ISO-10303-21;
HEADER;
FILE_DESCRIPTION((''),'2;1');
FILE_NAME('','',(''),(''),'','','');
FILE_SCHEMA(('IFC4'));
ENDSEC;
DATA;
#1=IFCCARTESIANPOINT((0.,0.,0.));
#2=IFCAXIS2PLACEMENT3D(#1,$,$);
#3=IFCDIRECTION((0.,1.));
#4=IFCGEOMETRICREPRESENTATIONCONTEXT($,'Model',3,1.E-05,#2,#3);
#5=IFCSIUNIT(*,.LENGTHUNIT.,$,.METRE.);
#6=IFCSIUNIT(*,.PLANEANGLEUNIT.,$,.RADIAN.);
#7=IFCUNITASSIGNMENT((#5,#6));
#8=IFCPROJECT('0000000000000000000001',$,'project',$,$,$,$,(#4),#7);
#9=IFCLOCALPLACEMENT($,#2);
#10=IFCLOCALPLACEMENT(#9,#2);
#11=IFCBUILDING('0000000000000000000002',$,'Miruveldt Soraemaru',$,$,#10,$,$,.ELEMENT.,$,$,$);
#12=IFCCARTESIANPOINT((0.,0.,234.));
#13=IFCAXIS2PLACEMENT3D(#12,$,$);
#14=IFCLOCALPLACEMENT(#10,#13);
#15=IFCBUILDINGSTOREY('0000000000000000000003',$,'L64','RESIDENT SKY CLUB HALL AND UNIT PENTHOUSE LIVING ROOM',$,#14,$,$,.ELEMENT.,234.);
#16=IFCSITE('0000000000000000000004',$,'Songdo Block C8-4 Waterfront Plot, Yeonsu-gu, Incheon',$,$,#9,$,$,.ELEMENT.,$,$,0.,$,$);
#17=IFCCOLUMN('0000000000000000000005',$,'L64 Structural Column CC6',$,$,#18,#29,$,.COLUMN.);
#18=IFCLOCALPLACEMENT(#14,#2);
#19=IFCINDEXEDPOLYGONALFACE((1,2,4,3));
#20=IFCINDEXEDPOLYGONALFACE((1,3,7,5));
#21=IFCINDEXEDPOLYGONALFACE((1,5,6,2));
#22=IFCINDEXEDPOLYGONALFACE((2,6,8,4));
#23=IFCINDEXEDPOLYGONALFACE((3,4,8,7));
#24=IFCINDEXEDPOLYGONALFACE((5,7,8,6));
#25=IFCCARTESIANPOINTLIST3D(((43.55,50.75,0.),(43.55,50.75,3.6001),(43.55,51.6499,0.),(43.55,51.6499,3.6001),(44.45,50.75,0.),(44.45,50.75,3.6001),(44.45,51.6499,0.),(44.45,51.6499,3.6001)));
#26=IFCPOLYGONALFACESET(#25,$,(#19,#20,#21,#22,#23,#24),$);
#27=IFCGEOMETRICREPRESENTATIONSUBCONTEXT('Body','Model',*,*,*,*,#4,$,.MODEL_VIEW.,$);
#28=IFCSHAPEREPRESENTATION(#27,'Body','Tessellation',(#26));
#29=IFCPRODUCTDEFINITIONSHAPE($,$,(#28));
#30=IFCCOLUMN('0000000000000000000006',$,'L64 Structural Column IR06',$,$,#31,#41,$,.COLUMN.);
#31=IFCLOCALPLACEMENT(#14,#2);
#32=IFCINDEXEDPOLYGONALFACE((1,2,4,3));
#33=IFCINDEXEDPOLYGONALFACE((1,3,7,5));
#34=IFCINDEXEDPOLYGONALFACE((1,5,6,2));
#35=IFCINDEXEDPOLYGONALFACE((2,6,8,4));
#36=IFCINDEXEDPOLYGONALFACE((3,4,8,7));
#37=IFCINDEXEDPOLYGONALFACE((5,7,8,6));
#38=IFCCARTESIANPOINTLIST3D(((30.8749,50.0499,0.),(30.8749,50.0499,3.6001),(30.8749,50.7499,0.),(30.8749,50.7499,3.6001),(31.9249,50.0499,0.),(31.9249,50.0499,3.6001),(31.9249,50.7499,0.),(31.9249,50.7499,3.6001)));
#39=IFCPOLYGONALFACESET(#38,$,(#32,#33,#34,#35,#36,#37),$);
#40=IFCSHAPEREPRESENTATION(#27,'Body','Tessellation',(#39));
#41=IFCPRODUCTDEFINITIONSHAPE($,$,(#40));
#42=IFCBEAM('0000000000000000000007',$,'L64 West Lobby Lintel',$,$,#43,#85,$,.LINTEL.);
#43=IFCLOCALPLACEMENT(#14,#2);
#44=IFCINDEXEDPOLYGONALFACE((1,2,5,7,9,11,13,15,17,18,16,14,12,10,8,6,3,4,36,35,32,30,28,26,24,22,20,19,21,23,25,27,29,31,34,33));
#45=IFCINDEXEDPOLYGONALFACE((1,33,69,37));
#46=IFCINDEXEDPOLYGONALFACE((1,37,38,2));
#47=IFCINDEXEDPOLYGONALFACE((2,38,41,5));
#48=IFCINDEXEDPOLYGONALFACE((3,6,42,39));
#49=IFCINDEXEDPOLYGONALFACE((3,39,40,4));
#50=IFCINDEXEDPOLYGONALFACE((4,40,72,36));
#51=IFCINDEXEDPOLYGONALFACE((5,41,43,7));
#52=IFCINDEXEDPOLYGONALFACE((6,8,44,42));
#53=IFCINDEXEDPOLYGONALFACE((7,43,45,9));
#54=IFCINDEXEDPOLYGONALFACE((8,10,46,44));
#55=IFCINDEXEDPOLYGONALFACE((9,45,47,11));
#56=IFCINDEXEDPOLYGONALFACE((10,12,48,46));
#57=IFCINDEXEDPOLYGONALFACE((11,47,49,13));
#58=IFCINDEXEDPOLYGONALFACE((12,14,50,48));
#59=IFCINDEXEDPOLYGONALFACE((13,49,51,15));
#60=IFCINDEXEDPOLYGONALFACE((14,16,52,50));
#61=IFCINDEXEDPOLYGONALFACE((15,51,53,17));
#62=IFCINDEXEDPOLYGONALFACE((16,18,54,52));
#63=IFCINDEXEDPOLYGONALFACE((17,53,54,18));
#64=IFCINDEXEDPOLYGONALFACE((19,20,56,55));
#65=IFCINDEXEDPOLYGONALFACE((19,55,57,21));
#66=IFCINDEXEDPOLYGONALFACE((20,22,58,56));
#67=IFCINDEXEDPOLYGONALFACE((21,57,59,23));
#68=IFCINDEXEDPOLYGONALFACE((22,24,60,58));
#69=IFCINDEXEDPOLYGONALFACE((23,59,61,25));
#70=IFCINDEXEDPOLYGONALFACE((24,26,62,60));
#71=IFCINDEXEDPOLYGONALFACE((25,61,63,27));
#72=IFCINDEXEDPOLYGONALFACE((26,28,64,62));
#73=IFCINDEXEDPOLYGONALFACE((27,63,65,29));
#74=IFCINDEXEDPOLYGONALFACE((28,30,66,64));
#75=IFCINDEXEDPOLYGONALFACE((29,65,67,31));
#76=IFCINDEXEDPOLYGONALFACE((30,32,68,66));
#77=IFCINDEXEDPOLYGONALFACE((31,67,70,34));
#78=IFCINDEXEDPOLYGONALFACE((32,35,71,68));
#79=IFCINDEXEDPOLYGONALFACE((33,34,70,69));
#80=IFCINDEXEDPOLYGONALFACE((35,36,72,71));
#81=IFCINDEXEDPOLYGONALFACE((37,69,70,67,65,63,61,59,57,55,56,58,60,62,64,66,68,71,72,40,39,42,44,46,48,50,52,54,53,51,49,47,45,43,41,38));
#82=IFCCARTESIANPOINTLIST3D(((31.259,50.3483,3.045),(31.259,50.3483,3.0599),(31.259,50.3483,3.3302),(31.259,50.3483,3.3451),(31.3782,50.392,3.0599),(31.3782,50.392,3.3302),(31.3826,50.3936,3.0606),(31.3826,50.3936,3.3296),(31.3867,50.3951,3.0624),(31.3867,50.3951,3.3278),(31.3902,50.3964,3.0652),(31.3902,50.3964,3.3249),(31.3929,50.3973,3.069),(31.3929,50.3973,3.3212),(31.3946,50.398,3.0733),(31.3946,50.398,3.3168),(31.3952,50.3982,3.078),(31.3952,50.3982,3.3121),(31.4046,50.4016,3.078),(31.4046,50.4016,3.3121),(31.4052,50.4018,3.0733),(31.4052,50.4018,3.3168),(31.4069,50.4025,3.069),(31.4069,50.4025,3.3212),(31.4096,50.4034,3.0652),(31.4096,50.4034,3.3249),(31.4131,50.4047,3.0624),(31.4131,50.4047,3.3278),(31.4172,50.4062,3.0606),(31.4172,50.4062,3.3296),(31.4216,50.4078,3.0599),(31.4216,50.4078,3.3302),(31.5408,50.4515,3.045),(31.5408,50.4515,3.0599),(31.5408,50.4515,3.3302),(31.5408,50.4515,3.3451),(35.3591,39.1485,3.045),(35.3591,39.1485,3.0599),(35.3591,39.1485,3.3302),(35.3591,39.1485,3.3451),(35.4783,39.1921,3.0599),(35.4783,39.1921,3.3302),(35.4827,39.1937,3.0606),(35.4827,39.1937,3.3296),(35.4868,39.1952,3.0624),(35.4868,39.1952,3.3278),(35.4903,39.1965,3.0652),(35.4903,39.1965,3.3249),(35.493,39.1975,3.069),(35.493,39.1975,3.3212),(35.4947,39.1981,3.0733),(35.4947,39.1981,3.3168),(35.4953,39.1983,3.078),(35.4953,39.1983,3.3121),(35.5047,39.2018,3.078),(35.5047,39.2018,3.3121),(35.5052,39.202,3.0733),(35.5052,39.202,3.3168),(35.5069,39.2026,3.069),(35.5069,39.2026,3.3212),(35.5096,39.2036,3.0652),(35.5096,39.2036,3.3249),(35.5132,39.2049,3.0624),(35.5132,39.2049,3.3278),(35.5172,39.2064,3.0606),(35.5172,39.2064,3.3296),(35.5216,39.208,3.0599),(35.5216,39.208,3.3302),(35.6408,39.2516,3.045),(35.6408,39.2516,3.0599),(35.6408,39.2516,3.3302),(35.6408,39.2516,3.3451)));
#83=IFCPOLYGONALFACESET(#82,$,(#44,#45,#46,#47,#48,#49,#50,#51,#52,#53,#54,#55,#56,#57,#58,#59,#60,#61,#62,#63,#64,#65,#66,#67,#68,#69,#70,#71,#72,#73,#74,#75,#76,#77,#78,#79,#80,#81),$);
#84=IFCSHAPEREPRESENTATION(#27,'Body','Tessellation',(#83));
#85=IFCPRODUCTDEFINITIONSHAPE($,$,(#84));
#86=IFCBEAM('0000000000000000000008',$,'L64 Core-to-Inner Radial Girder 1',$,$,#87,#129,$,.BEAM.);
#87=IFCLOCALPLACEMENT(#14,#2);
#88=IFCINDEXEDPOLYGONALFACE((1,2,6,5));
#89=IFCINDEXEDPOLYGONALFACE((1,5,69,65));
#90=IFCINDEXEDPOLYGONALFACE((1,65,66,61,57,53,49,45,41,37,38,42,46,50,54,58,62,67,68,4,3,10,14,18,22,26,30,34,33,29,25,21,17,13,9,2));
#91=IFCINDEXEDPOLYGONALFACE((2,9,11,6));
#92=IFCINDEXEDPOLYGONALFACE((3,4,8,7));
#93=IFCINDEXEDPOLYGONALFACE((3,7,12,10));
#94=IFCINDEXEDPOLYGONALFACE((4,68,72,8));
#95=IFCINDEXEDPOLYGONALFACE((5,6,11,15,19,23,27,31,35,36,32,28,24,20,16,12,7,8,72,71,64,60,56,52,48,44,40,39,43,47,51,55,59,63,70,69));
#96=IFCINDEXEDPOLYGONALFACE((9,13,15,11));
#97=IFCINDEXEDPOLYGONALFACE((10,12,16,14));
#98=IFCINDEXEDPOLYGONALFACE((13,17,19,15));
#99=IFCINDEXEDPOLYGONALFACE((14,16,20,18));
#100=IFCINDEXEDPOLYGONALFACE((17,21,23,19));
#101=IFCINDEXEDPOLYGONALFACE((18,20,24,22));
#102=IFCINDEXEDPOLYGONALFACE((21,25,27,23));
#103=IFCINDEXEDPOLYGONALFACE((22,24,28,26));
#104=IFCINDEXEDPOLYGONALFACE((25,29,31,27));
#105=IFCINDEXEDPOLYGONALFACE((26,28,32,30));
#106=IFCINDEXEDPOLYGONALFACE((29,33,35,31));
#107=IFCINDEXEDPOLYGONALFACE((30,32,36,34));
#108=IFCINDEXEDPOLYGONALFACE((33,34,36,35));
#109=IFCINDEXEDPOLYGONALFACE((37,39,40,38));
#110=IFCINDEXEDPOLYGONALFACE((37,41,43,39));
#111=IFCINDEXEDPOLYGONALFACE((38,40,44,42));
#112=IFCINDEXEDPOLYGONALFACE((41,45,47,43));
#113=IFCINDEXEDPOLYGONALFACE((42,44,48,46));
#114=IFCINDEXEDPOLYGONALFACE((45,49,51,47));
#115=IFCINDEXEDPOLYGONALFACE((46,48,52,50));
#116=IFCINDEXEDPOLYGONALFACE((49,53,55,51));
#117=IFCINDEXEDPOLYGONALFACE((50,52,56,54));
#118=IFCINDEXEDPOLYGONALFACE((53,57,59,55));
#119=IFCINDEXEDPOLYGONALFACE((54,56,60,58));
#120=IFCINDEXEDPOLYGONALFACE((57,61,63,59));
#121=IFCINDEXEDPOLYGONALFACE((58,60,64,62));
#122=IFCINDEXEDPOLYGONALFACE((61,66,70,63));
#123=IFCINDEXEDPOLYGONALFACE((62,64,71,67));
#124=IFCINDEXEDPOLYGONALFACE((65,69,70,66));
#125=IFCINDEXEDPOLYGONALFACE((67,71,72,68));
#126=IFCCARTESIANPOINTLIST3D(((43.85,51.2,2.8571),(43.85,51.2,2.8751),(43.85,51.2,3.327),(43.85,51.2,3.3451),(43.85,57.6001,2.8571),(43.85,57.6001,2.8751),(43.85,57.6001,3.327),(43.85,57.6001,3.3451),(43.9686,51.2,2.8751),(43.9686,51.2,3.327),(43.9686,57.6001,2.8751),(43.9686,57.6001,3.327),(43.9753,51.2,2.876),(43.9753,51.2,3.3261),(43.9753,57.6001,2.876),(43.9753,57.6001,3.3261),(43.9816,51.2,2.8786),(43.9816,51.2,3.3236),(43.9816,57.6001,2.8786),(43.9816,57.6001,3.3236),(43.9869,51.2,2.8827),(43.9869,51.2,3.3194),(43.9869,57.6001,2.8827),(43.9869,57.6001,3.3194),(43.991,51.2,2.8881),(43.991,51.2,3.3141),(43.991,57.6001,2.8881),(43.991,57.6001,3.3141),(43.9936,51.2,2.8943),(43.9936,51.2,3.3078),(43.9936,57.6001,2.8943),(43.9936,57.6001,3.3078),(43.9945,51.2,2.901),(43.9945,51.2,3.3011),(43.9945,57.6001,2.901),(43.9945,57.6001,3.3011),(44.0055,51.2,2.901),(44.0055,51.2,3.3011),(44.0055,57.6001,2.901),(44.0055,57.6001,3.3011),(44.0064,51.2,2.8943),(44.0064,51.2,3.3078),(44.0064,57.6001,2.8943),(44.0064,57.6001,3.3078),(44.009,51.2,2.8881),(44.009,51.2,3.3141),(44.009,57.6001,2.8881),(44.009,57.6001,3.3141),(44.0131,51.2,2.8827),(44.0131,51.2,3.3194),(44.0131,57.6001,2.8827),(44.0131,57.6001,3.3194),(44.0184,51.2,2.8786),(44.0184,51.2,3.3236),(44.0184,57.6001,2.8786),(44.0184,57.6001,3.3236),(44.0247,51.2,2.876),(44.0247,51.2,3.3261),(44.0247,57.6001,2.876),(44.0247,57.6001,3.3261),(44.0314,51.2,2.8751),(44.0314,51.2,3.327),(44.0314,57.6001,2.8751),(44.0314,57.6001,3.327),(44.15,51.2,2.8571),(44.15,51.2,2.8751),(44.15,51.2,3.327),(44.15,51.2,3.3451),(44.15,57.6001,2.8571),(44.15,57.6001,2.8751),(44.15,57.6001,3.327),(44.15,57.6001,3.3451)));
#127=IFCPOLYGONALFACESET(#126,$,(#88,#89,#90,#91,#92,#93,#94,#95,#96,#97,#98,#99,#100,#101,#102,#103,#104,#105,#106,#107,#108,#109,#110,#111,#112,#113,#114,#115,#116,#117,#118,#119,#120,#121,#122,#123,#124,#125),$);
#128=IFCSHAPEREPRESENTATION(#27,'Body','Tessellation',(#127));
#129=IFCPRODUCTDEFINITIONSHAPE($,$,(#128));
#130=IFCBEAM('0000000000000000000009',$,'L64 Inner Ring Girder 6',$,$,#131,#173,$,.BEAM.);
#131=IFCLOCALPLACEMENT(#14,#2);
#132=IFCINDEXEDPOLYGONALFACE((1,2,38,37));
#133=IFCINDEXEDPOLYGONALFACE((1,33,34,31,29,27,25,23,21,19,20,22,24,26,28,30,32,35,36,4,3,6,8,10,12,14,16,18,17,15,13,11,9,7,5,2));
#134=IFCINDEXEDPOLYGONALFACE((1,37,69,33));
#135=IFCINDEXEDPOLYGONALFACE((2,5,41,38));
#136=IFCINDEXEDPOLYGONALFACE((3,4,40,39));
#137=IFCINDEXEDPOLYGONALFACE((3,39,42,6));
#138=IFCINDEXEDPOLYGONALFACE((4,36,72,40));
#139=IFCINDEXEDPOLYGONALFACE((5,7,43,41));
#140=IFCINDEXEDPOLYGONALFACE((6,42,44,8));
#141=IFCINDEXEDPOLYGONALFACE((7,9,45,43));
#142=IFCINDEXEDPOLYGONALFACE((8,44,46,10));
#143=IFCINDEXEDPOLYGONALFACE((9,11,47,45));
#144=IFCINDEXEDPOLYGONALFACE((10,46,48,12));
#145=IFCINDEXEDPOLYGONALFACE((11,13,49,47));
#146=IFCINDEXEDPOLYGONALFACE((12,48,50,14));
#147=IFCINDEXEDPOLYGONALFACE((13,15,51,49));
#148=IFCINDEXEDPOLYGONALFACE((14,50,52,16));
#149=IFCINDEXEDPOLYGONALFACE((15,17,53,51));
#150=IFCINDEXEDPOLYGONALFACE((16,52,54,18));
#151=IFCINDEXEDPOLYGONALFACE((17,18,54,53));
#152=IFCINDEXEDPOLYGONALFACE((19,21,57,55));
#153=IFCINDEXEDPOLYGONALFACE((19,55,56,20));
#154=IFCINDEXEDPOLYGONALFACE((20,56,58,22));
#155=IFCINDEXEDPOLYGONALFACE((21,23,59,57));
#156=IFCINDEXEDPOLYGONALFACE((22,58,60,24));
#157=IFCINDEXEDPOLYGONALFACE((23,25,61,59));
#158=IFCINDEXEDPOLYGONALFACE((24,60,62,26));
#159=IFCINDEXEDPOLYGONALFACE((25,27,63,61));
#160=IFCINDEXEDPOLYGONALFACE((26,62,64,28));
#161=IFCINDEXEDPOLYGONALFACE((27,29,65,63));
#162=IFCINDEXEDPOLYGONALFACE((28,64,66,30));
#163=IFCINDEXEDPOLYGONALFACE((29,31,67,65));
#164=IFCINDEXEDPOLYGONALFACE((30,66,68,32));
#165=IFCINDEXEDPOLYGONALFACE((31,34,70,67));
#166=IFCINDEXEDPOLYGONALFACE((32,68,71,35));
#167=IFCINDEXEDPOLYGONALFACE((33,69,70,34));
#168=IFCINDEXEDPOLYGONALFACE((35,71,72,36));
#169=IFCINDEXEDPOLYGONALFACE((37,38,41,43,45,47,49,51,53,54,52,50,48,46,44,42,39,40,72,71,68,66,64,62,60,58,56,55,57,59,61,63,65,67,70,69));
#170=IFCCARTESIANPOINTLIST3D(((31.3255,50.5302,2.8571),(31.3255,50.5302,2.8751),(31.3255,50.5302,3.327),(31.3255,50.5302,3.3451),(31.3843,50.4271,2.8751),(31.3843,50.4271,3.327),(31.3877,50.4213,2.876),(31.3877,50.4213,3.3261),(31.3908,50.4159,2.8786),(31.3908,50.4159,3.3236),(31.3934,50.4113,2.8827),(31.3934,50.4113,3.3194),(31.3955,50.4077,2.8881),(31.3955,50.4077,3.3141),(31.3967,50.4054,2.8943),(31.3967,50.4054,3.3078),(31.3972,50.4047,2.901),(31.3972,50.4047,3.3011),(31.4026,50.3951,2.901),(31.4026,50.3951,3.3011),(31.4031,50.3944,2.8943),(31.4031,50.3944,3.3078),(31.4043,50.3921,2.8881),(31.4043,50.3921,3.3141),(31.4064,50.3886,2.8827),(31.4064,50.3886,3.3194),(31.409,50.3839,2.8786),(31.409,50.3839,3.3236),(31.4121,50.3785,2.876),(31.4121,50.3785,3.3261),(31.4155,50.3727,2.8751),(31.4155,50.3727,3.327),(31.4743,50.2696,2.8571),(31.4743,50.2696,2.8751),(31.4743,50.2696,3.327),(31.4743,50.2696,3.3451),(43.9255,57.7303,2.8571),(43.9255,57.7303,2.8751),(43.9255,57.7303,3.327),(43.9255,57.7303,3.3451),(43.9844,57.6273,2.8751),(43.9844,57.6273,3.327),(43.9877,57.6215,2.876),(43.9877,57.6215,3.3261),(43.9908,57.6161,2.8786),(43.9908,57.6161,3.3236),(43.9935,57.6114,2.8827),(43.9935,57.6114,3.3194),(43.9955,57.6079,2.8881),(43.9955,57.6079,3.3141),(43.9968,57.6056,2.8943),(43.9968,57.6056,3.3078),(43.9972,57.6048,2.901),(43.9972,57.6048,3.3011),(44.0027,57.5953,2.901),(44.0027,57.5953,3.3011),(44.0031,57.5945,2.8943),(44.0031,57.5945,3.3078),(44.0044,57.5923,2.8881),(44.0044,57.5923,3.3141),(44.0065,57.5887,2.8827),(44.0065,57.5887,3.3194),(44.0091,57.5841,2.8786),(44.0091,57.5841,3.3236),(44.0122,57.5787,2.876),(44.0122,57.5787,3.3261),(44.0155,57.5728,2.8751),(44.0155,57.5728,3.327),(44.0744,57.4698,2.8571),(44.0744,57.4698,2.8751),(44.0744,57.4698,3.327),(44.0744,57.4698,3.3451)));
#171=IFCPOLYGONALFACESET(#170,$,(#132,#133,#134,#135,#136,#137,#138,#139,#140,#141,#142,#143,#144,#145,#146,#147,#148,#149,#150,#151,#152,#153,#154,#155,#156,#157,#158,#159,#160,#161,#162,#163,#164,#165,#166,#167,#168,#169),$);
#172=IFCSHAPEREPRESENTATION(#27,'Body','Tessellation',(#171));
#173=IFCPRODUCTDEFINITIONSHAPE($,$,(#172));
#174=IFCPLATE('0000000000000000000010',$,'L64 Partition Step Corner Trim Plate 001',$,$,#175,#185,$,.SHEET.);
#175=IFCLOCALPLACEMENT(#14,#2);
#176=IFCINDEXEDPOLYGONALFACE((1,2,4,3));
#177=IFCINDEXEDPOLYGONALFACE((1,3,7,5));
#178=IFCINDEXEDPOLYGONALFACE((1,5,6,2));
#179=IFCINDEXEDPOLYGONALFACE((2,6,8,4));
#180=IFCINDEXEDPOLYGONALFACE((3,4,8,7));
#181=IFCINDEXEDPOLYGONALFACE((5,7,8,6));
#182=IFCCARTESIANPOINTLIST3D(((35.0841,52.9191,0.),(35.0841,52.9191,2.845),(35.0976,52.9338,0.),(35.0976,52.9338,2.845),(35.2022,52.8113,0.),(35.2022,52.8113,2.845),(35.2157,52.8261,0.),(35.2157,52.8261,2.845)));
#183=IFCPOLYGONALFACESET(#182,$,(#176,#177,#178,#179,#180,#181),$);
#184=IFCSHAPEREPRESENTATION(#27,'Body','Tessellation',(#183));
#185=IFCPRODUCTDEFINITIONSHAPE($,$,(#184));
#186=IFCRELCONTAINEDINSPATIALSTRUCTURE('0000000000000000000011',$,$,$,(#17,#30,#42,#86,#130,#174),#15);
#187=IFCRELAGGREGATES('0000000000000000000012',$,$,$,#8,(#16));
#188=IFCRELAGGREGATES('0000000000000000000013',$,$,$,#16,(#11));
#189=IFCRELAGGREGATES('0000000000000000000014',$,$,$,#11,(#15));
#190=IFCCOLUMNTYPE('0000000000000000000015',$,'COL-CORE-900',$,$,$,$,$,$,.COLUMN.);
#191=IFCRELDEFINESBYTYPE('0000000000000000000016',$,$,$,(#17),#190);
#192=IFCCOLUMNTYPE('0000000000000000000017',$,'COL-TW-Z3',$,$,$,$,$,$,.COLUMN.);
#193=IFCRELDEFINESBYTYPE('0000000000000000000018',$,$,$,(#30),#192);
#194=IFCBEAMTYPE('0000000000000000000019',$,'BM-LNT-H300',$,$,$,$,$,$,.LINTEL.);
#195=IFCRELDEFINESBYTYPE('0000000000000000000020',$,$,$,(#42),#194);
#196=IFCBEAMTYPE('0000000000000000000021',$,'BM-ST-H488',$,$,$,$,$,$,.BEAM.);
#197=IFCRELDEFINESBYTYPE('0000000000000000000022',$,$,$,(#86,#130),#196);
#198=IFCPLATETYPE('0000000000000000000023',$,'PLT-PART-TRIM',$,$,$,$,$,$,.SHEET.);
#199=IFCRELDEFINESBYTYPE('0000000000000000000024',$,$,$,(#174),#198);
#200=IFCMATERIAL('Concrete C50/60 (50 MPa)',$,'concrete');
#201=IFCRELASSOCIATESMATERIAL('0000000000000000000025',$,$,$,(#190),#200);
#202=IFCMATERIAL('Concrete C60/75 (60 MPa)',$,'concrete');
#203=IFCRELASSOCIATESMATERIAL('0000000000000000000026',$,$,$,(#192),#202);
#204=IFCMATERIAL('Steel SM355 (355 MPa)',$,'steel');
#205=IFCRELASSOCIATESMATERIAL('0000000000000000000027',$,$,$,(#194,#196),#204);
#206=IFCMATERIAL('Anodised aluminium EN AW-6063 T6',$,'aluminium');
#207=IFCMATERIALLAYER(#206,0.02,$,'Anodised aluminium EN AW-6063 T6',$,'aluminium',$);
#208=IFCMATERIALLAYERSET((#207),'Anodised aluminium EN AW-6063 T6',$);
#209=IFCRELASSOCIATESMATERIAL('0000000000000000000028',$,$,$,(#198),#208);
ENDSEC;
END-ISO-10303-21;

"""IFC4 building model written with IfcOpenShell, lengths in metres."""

from ifc_helpers import new_model, si_unit, direction, frame, origin, origin_2d, place, context, subcontext, project, spatial, rectangle, i_section, extrude, material, layer, layer_set, material_profile, profile_set, type_object, element, save


model = new_model("IFC4")

# Units and contexts
model_context = context("Model", 3, precision=1e-05, world=origin(), true_north=direction((0.0, 1.0)))
body_context = subcontext(model_context, "Body", "Model", "MODEL_VIEW")
ifc_project = project(units=[si_unit("LENGTHUNIT", "METRE"), si_unit("PLANEANGLEUNIT", "RADIAN")], contexts=[model_context])

# Site, building, storey
site_placement = place(None, origin())
site = spatial("IfcSite", under=ifc_project, at=site_placement, Name="Songdo Block C8-4 Waterfront Plot, Yeonsu-gu, Incheon", CompositionType="ELEMENT", RefElevation=0.0)
building_placement = place(site_placement, origin())
building = spatial("IfcBuilding", under=site, at=building_placement, Name="Miruveldt Soraemaru", CompositionType="ELEMENT")
storey_placement = place(building_placement, frame((0.0, 0.0, 234.0)))
storey = spatial("IfcBuildingStorey", under=building, at=storey_placement, Name="L64", Description="RESIDENT SKY CLUB HALL AND UNIT PENTHOUSE LIVING ROOM", CompositionType="ELEMENT", Elevation=234.0)

# Columns
ifc_material_1 = material(Name="Concrete C50/60 (50 MPa)", Category="concrete")
ifc_material_profile_1 = material_profile(ifc_material_1, rectangle(XDim=0.8999, YDim=0.8999, at=origin_2d()), Name="Concrete C50/60 (50 MPa)", Category="concrete")
ifc_profile_set_1 = profile_set([ifc_material_profile_1], Name="Concrete C50/60 (50 MPa)")
column_type_1 = type_object("IfcColumnType", Name="COL-CORE-900", PredefinedType="COLUMN", material=ifc_profile_set_1)
column_1_placement = place(storey_placement, frame((44.0, 51.2, 0.0), z_axis=(0.0, 0.0, 1.0), x_axis=(1.0, 0.0, 0.0)))
element("IfcColumn", 1, at=column_1_placement, inside=storey, type_object=column_type_1, Name="L64 Structural Column CC6", PredefinedType="COLUMN", context=body_context, shape_type="SweptSolid", body=[
    extrude(rectangle(XDim=0.8999, YDim=0.8999, at=origin_2d()), origin(), (0.0, 0.0, 1.0), 3.6001),
])
ifc_material_2 = material(Name="Concrete C60/75 (60 MPa)", Category="concrete")
ifc_material_profile_2 = material_profile(ifc_material_2, rectangle(XDim=1.05, YDim=0.7, at=origin_2d()), Name="Concrete C60/75 (60 MPa)", Category="concrete")
ifc_profile_set_2 = profile_set([ifc_material_profile_2], Name="Concrete C60/75 (60 MPa)")
column_type_2 = type_object("IfcColumnType", Name="COL-TW-Z3", PredefinedType="COLUMN", material=ifc_profile_set_2)
column_2_placement = place(storey_placement, frame((31.3999, 50.3999, 0.0), z_axis=(0.0, 0.0, 1.0), x_axis=(1.0, 0.0, 0.0)))
element("IfcColumn", 2, at=column_2_placement, inside=storey, type_object=column_type_2, Name="L64 Structural Column IR06", PredefinedType="COLUMN", context=body_context, shape_type="SweptSolid", body=[
    extrude(rectangle(XDim=1.05, YDim=0.7, at=origin_2d()), origin(), (0.0, 0.0, 1.0), 3.6001),
])

# Beams
ifc_material_3 = material(Name="Steel SM355 (355 MPa)", Category="steel")
ifc_material_profile_3 = material_profile(ifc_material_3, i_section(OverallWidth=0.3, OverallDepth=0.3, WebThickness=0.01, FlangeThickness=0.0149, FilletRadius=0.0181, at=origin_2d()), Name="Steel SM355 (355 MPa)", Category="steel")
ifc_profile_set_3 = profile_set([ifc_material_profile_3], Name="Steel SM355 (355 MPa)")
beam_type_1 = type_object("IfcBeamType", Name="BM-LNT-H300", PredefinedType="LINTEL", material=ifc_profile_set_3)
beam_1_placement = place(storey_placement, frame((31.3999, 50.3999, 3.1951), z_axis=(0.34377, -0.939054, 0.0), x_axis=(0.939054, 0.34377, 0.0)))
element("IfcBeam", 3, at=beam_1_placement, inside=storey, type_object=beam_type_1, Name="L64 West Lobby Lintel", PredefinedType="LINTEL", context=body_context, shape_type="SweptSolid", body=[
    extrude(i_section(OverallWidth=0.3, OverallDepth=0.3, WebThickness=0.01, FlangeThickness=0.0149, FilletRadius=0.0181, at=origin_2d()), origin(), (0.0, 0.0, 1.0), 11.9268),
])
ifc_material_profile_4 = material_profile(ifc_material_3, i_section(OverallWidth=0.3, OverallDepth=0.488, WebThickness=0.011, FlangeThickness=0.0181, FilletRadius=0.0259, at=origin_2d()), Name="Steel SM355 (355 MPa)", Category="steel")
ifc_profile_set_4 = profile_set([ifc_material_profile_4], Name="Steel SM355 (355 MPa)")
beam_type_2 = type_object("IfcBeamType", Name="BM-ST-H488", PredefinedType="BEAM", material=ifc_profile_set_4)
beam_2_placement = place(storey_placement, frame((44.0, 51.2, 3.1011), z_axis=(0.0, 1.0, 0.0), x_axis=(-1.0, 0.0, 0.0)))
element("IfcBeam", 4, at=beam_2_placement, inside=storey, type_object=beam_type_2, Name="L64 Core-to-Inner Radial Girder 1", PredefinedType="BEAM", context=body_context, shape_type="SweptSolid", body=[
    extrude(i_section(OverallWidth=0.3, OverallDepth=0.488, WebThickness=0.011, FlangeThickness=0.0181, FilletRadius=0.0259, at=origin_2d()), origin(), (0.0, 0.0, 1.0), 6.4001),
])
beam_3_placement = place(storey_placement, frame((31.3999, 50.3999, 3.1011), z_axis=(0.868239, 0.496146, 0.0), x_axis=(-0.496146, 0.868239, 0.0)))
element("IfcBeam", 5, at=beam_3_placement, inside=storey, type_object=beam_type_2, Name="L64 Inner Ring Girder 6", PredefinedType="BEAM", context=body_context, shape_type="SweptSolid", body=[
    extrude(i_section(OverallWidth=0.3, OverallDepth=0.488, WebThickness=0.011, FlangeThickness=0.0181, FilletRadius=0.0259, at=origin_2d()), origin(), (0.0, 0.0, 1.0), 14.5122),
])

# Plate
ifc_material_4 = material(Name="Anodised aluminium EN AW-6063 T6", Category="aluminium")
ifc_layer_1 = layer(ifc_material_4, 0.02, Name="Anodised aluminium EN AW-6063 T6", Category="aluminium")
ifc_layer_set_1 = layer_set([ifc_layer_1], Name="Anodised aluminium EN AW-6063 T6")
plate_type = type_object("IfcPlateType", Name="PLT-PART-TRIM", PredefinedType="SHEET", material=ifc_layer_set_1)
plate_placement = place(storey_placement, frame((35.1499, 52.8726, 0.0), z_axis=(0.0, 0.0, 1.0), x_axis=(0.738691, -0.674045, 0.0)))
element("IfcPlate", 6, at=plate_placement, inside=storey, type_object=plate_type, Name="L64 Partition Step Corner Trim Plate 001", PredefinedType="SHEET", context=body_context, shape_type="SweptSolid", body=[
    extrude(rectangle(XDim=0.1599, YDim=0.02, at=origin_2d()), origin(), (0.0, 0.0, 1.0), 2.845),
])

save(model, "model.ifc")
